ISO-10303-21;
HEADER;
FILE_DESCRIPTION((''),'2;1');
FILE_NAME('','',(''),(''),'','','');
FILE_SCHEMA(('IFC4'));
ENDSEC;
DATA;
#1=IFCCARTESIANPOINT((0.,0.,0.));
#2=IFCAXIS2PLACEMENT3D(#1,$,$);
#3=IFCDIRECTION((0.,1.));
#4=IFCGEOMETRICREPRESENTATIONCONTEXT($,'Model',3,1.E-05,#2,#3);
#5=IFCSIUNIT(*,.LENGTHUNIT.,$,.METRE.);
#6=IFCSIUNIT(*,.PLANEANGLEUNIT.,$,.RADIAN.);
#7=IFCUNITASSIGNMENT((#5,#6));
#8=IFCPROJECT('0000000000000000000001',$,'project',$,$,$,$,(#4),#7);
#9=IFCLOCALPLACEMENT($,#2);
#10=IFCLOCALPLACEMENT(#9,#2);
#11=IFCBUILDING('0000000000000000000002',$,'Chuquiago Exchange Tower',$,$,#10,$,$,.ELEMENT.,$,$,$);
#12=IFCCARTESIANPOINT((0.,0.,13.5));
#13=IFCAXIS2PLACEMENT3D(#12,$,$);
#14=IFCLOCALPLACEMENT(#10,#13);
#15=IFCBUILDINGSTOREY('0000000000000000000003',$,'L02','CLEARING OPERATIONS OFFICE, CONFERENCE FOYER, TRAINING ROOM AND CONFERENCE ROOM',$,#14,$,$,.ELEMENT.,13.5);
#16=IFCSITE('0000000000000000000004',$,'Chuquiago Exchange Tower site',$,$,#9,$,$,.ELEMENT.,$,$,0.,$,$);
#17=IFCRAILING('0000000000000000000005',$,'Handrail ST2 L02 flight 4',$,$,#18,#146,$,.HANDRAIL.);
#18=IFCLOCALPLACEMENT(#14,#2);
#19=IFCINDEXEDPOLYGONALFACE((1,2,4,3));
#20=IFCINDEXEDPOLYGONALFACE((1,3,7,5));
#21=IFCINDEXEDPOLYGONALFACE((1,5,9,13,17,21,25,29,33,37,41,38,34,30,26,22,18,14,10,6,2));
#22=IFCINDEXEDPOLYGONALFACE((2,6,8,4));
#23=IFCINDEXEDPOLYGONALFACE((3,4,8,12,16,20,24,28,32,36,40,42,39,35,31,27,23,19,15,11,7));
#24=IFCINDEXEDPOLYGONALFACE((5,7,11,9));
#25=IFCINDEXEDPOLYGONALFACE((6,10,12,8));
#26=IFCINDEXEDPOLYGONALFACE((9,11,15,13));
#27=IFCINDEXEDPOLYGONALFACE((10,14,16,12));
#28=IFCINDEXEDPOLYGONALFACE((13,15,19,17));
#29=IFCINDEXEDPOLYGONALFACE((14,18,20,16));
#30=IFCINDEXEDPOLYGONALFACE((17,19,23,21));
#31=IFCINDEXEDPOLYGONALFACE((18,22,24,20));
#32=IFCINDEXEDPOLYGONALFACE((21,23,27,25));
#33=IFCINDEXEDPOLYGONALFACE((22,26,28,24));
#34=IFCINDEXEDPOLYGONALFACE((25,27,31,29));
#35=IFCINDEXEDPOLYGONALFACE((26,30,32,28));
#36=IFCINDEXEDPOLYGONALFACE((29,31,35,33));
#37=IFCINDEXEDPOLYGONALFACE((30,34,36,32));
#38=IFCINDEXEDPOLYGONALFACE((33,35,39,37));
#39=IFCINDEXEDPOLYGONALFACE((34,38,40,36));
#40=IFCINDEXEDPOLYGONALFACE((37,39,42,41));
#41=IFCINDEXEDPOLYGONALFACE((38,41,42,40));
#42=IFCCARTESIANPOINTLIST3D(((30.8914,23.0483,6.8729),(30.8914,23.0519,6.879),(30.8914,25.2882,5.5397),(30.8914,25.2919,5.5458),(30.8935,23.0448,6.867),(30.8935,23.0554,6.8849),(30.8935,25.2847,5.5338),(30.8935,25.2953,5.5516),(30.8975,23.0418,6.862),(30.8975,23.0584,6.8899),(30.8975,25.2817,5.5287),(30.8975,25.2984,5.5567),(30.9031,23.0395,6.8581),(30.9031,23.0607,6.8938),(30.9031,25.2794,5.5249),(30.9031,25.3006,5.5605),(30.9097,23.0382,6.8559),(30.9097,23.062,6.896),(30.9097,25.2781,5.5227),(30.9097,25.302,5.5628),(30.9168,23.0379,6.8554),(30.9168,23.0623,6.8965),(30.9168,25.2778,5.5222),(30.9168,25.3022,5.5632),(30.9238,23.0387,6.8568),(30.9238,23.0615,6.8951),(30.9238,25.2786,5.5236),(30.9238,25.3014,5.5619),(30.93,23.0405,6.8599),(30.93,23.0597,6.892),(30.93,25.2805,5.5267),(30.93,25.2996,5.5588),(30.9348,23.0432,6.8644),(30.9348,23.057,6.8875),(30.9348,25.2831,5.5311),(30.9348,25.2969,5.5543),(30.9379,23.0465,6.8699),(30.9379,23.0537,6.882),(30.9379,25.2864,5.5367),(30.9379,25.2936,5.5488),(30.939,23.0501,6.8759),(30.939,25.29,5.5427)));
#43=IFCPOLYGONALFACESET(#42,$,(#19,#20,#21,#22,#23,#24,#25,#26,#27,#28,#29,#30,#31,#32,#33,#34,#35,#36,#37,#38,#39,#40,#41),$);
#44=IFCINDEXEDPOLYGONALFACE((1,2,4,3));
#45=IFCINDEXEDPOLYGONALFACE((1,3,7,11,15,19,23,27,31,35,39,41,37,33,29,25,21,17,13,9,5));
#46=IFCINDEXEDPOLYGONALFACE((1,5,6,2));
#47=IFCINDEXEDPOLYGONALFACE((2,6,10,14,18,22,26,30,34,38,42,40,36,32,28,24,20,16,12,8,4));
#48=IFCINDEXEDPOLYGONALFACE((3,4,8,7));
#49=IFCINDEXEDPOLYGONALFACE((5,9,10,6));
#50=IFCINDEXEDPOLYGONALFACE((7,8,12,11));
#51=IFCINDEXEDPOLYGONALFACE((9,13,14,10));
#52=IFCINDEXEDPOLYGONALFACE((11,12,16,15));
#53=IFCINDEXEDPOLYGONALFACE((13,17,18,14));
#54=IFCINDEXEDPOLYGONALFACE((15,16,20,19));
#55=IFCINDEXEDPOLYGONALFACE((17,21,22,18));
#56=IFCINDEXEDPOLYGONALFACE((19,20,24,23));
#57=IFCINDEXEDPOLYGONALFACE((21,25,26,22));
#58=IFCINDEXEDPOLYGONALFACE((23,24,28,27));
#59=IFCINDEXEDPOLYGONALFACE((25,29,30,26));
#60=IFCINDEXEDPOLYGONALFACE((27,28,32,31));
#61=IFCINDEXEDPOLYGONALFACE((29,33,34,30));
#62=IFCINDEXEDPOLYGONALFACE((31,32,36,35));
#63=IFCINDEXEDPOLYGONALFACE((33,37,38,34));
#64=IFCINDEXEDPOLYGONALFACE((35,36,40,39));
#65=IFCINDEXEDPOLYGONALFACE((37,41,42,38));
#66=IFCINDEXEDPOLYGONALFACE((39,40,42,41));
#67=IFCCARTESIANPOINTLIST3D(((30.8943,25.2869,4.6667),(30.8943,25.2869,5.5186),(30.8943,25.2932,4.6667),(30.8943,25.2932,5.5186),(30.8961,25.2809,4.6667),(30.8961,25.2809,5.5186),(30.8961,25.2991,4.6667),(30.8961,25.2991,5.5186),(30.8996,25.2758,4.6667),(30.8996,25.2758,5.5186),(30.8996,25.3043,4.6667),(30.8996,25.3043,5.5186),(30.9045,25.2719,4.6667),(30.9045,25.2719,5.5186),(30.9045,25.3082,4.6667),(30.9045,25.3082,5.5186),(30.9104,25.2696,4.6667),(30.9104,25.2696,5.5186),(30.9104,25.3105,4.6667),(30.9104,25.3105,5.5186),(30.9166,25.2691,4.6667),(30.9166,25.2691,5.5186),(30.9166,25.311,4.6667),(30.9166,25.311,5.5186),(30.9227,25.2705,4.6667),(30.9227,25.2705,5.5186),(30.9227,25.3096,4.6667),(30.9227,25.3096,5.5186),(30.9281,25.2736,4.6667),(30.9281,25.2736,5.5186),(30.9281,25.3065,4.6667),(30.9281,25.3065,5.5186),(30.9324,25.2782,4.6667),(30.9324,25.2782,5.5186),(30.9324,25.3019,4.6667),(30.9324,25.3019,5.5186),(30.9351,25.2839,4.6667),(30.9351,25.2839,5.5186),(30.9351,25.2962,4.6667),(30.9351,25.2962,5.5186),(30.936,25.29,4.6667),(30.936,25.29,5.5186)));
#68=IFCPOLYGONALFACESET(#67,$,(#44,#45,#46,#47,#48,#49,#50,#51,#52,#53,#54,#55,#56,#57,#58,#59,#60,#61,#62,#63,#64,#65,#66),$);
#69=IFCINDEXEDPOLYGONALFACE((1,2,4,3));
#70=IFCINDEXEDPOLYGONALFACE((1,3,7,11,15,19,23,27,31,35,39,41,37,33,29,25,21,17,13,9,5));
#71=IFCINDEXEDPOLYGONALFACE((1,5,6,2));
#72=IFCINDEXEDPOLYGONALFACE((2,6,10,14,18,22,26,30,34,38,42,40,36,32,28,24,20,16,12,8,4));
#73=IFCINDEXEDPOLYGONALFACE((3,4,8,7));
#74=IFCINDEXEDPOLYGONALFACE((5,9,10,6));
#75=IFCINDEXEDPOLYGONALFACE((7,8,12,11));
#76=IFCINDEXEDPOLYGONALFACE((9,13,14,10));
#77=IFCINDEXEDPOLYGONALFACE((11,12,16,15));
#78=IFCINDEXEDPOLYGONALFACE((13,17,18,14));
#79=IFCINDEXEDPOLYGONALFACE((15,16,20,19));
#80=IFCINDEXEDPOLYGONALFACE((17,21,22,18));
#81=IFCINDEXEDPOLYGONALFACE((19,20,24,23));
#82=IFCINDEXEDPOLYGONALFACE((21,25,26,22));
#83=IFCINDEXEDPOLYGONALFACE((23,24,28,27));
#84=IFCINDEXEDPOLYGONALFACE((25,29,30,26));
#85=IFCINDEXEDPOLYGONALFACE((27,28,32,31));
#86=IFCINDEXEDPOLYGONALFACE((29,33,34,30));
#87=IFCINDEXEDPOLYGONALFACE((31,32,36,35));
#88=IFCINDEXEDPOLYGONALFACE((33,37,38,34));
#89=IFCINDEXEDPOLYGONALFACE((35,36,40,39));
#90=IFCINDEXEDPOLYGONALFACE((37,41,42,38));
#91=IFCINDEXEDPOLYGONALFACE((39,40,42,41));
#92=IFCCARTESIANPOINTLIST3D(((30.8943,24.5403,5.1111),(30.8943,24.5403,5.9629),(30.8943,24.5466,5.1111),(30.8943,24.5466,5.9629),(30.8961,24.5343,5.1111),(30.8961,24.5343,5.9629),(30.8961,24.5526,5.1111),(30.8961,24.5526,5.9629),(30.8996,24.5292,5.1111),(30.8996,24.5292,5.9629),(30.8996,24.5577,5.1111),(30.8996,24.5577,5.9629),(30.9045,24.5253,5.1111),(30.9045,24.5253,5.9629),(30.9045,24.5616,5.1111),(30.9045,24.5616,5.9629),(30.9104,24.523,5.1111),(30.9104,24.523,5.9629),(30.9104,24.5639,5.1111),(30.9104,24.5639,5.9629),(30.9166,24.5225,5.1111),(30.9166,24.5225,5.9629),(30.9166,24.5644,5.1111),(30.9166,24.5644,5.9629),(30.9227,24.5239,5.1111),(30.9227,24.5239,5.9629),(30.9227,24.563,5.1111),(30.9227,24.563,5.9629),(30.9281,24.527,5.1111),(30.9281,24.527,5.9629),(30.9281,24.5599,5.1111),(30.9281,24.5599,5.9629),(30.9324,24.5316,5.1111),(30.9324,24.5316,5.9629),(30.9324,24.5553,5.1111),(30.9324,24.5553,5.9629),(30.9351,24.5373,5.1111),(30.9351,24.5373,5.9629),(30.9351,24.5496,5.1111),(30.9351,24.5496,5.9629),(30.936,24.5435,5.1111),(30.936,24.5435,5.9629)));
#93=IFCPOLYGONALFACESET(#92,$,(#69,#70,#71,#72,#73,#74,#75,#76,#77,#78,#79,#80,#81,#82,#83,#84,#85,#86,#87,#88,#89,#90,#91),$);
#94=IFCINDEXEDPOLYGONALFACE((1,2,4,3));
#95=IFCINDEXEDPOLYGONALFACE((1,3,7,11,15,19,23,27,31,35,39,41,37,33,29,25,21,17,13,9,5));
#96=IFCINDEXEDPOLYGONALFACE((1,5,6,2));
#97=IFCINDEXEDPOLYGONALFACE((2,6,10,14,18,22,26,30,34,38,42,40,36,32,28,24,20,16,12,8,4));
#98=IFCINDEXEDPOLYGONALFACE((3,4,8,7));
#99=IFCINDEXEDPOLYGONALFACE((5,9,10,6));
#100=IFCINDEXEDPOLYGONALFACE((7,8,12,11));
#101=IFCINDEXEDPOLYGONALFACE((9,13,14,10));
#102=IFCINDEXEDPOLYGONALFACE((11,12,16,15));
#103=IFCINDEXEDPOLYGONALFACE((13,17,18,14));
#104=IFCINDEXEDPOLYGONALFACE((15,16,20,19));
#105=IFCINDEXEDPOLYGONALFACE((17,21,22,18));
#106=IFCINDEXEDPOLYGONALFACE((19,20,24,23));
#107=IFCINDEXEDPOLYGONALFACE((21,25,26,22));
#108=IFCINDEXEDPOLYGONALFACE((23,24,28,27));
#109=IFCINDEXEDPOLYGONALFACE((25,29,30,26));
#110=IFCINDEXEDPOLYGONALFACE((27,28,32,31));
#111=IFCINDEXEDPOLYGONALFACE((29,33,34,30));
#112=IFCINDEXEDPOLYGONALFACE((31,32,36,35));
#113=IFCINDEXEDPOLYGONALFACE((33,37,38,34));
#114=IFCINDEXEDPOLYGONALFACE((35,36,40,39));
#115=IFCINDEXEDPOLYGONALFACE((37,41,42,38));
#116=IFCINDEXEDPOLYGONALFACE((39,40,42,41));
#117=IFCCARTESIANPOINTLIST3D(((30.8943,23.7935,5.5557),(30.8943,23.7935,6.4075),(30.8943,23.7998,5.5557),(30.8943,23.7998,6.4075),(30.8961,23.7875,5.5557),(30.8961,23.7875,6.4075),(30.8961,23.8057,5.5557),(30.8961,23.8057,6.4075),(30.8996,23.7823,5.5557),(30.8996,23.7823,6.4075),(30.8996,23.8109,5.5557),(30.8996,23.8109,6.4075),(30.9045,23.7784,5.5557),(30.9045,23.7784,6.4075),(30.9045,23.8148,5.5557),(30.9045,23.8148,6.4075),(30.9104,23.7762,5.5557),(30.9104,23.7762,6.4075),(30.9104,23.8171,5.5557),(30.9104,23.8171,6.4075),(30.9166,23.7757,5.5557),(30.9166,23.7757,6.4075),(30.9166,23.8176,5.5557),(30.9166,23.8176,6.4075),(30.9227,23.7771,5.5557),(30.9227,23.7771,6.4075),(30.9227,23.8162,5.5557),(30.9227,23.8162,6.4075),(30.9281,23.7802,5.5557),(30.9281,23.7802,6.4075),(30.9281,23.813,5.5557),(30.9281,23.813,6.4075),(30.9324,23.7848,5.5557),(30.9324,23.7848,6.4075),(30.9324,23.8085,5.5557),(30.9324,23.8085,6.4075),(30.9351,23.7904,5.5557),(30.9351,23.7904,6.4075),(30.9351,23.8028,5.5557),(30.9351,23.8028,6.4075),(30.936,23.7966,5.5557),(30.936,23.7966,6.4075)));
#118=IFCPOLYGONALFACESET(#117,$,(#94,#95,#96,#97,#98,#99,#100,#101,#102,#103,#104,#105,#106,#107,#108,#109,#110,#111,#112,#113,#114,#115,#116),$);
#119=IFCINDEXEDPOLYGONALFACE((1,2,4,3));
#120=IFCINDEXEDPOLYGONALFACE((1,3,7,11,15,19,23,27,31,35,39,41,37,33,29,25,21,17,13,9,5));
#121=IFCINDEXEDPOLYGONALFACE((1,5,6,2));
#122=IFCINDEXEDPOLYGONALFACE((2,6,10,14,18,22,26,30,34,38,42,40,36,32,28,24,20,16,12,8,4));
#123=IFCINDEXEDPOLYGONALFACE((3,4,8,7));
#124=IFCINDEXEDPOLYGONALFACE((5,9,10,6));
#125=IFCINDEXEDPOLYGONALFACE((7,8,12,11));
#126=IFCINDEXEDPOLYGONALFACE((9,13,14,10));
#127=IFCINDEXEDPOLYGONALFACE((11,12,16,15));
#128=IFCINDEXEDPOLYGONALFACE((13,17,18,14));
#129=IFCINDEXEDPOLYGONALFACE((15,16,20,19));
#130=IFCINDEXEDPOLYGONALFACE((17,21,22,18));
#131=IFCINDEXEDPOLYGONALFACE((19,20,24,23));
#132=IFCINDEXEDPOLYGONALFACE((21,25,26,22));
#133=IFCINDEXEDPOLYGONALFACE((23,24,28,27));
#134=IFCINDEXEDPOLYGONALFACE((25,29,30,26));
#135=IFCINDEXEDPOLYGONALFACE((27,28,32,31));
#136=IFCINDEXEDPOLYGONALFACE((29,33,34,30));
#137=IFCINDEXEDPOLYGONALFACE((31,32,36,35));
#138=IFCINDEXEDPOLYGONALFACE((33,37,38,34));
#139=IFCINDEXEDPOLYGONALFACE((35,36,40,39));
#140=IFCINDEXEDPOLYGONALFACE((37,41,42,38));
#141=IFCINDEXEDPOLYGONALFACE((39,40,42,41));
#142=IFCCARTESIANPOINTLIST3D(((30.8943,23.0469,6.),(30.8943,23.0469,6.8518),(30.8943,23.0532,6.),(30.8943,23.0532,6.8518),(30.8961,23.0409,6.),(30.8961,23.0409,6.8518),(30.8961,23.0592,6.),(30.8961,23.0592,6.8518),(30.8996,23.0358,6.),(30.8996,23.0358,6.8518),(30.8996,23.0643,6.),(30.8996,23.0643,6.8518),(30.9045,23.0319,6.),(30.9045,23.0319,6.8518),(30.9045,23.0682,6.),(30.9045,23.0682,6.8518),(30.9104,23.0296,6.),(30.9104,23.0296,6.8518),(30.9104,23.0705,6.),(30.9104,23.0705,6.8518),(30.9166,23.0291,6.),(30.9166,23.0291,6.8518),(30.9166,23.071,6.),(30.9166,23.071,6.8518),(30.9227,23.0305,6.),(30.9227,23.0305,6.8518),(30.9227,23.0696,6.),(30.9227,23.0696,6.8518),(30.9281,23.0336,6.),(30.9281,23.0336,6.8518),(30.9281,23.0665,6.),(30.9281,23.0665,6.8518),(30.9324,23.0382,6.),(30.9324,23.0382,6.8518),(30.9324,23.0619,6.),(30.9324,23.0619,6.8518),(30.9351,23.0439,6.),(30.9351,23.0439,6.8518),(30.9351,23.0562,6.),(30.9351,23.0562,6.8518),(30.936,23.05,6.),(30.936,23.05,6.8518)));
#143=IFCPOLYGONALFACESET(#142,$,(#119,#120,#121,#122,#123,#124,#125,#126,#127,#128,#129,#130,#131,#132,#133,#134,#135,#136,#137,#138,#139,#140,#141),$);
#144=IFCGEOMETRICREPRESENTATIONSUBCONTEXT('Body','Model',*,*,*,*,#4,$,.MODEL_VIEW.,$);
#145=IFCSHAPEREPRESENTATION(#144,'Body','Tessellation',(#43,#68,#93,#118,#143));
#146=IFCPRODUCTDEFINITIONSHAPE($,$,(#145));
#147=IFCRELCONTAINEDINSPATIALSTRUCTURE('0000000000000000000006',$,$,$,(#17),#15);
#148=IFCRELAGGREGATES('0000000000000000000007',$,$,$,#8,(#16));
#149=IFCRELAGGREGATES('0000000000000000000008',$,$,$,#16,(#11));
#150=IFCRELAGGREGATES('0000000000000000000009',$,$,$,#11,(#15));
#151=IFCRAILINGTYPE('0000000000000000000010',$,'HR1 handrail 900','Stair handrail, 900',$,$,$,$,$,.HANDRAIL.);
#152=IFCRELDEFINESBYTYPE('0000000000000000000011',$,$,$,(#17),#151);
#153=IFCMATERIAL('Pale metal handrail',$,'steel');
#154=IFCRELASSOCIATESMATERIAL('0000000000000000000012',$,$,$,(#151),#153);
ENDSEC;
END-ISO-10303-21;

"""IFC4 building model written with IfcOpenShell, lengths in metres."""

from ifc_helpers import new_model, si_unit, direction, frame, origin, origin_2d, place, context, subcontext, project, spatial, circle, extrude, material, type_object, element, save


model = new_model("IFC4")

# Units and contexts
model_context = context("Model", 3, precision=1e-05, world=origin(), true_north=direction((0.0, 1.0)))
body_context = subcontext(model_context, "Body", "Model", "MODEL_VIEW")
ifc_project = project(units=[si_unit("LENGTHUNIT", "METRE"), si_unit("PLANEANGLEUNIT", "RADIAN")], contexts=[model_context])

# Site, building, storey
site_placement = place(None, origin())
site = spatial("IfcSite", under=ifc_project, at=site_placement, Name="Chuquiago Exchange Tower site", CompositionType="ELEMENT", RefElevation=0.0)
building_placement = place(site_placement, origin())
building = spatial("IfcBuilding", under=site, at=building_placement, Name="Chuquiago Exchange Tower", CompositionType="ELEMENT")
storey_placement = place(building_placement, frame((0.0, 0.0, 13.5)))
storey = spatial("IfcBuildingStorey", under=building, at=storey_placement, Name="L02", Description="CLEARING OPERATIONS OFFICE, CONFERENCE FOYER, TRAINING ROOM AND CONFERENCE ROOM", CompositionType="ELEMENT", Elevation=13.5)

# Railing
ifc_material_1 = material(Name="Pale metal handrail", Category="steel")
railing_type_1 = type_object("IfcRailingType", Name="HR1 handrail 900", Description="Stair handrail, 900", PredefinedType="HANDRAIL", material=ifc_material_1)
for number, where, name in (
    (1, (30.915, 25.29, 4.6667), "Handrail ST2 L02 flight 4"),
):
    element("IfcRailing", number, at=place(storey_placement, frame(where)), inside=storey, type_object=railing_type_1, Name=name, PredefinedType="HANDRAIL", context=body_context, shape_type="SweptSolid", body=[
        extrude(circle(Radius=0.0239, at=origin_2d()), frame((0.0, 0.0, 0.876), z_axis=(0.0, -0.859306, 0.511462), x_axis=(1.0, 0.0, 0.0)), (0.0, 0.0, 1.0), 2.6067),
        extrude(circle(Radius=0.021, at=origin_2d()), origin(), (0.0, 0.0, 1.0), 0.8518),
        extrude(circle(Radius=0.021, at=origin_2d()), frame((0.0, -0.7466, 0.4443)), (0.0, 0.0, 1.0), 0.8518),
        extrude(circle(Radius=0.021, at=origin_2d()), frame((0.0, -1.4934, 0.8889)), (0.0, 0.0, 1.0), 0.8518),
        extrude(circle(Radius=0.021, at=origin_2d()), frame((0.0, -2.24, 1.3333)), (0.0, 0.0, 1.0), 0.8518),
    ])

save(model, "model.ifc")
